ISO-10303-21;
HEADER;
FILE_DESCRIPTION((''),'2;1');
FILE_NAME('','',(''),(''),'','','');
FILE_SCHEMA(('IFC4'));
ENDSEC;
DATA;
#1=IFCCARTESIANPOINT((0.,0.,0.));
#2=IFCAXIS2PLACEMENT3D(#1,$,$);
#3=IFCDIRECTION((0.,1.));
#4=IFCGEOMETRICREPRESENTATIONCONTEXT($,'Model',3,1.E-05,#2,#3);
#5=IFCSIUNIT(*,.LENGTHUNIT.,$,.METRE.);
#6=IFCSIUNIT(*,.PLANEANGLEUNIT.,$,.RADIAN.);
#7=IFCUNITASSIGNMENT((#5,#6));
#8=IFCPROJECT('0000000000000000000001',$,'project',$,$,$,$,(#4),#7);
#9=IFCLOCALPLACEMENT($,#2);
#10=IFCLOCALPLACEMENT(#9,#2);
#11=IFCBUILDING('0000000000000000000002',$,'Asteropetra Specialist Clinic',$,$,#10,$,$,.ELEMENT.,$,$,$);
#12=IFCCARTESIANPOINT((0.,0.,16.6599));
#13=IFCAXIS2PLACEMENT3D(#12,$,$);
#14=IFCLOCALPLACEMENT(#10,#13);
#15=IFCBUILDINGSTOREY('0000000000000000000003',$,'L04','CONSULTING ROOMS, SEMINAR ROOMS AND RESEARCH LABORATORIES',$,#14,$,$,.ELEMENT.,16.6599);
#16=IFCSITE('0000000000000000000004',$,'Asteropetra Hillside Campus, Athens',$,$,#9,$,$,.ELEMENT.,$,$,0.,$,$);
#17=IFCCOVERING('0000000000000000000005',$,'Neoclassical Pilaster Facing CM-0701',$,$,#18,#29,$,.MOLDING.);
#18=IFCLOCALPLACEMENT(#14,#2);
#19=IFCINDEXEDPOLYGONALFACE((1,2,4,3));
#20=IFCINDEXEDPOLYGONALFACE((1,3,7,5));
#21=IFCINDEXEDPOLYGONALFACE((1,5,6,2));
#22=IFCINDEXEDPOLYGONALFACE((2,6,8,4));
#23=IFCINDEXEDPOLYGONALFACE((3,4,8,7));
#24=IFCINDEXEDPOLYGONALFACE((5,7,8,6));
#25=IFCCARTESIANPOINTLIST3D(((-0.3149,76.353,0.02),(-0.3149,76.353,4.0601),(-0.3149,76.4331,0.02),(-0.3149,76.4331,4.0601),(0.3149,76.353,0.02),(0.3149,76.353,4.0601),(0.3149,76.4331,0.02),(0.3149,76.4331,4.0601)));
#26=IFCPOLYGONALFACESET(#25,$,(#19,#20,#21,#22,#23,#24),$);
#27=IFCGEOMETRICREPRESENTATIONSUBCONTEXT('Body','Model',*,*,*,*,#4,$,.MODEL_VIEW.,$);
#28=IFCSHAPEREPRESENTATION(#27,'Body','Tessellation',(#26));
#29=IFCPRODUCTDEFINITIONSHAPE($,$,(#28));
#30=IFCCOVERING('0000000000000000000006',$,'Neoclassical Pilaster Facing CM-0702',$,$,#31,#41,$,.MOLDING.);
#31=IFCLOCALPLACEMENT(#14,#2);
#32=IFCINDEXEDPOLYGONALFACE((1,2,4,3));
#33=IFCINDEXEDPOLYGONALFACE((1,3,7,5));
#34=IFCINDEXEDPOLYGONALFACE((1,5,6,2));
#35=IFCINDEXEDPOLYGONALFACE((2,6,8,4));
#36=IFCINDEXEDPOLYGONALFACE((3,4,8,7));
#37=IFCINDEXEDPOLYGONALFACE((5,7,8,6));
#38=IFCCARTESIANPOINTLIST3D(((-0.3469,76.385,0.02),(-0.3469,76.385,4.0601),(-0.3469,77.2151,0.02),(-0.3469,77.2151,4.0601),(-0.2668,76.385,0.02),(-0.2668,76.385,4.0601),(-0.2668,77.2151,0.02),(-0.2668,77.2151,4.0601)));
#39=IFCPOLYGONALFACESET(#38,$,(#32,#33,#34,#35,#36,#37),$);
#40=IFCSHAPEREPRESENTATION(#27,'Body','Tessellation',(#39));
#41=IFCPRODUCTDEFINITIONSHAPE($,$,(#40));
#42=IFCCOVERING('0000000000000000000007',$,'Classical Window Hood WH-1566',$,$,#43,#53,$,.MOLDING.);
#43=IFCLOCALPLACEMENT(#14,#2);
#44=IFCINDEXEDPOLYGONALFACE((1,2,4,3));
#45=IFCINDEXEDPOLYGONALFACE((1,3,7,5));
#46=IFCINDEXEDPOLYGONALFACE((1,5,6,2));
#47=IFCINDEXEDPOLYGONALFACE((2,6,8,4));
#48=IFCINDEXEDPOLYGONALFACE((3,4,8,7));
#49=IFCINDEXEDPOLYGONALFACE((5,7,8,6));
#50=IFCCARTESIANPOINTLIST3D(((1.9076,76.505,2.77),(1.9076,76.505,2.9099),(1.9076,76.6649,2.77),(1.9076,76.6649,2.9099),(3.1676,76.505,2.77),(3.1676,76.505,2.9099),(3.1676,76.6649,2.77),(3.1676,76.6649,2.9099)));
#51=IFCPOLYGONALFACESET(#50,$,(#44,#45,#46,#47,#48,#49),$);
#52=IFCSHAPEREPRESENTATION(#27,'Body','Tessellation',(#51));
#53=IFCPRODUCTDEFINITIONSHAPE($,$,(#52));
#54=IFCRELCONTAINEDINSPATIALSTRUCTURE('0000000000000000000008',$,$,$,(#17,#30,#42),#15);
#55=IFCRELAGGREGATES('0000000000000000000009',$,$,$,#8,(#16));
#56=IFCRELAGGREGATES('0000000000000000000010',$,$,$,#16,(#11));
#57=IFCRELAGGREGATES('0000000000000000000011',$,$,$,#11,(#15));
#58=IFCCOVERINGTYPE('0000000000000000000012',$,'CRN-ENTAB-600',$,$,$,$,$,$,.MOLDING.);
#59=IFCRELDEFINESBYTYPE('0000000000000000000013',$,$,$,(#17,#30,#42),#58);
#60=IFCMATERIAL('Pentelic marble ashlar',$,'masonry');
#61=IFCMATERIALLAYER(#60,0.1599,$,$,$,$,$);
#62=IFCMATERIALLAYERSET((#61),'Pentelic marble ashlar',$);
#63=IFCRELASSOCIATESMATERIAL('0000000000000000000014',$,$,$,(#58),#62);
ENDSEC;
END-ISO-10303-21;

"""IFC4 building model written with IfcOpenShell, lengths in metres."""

from ifc_helpers import new_model, si_unit, direction, frame, origin, origin_2d, place, context, subcontext, project, spatial, rectangle, extrude, material, layer, layer_set, type_object, element, save


model = new_model("IFC4")

# Units and contexts
model_context = context("Model", 3, precision=1e-05, world=origin(), true_north=direction((0.0, 1.0)))
body_context = subcontext(model_context, "Body", "Model", "MODEL_VIEW")
ifc_project = project(units=[si_unit("LENGTHUNIT", "METRE"), si_unit("PLANEANGLEUNIT", "RADIAN")], contexts=[model_context])

# Site, building, storey
site_placement = place(None, origin())
site = spatial("IfcSite", under=ifc_project, at=site_placement, Name="Asteropetra Hillside Campus, Athens", CompositionType="ELEMENT", RefElevation=0.0)
building_placement = place(site_placement, origin())
building = spatial("IfcBuilding", under=site, at=building_placement, Name="Asteropetra Specialist Clinic", CompositionType="ELEMENT")
storey_placement = place(building_placement, frame((0.0, 0.0, 16.6599)))
storey = spatial("IfcBuildingStorey", under=building, at=storey_placement, Name="L04", Description="CONSULTING ROOMS, SEMINAR ROOMS AND RESEARCH LABORATORIES", CompositionType="ELEMENT", Elevation=16.6599)

# Coverings
ifc_material_1 = material(Name="Pentelic marble ashlar", Category="masonry")
ifc_layer_1 = layer(ifc_material_1, 0.1599)
ifc_layer_set_1 = layer_set([ifc_layer_1], Name="Pentelic marble ashlar")
covering_type_1 = type_object("IfcCoveringType", Name="CRN-ENTAB-600", PredefinedType="MOLDING", material=ifc_layer_set_1)
covering_1_placement = place(storey_placement, frame((0.0, 76.3931, 0.02), z_axis=(0.0, 0.0, 1.0), x_axis=(1.0, 0.0, 0.0)))
element("IfcCovering", 1, at=covering_1_placement, inside=storey, type_object=covering_type_1, Name="Neoclassical Pilaster Facing CM-0701", PredefinedType="MOLDING", context=body_context, shape_type="SweptSolid", body=[
    extrude(rectangle(XDim=0.6299, YDim=0.0801, at=origin_2d()), origin(), (0.0, 0.0, 1.0), 4.04),
])
covering_2_placement = place(storey_placement, frame((-0.3069, 76.8, 0.02), z_axis=(0.0, 0.0, 1.0), x_axis=(1.0, 0.0, 0.0)))
element("IfcCovering", 2, at=covering_2_placement, inside=storey, type_object=covering_type_1, Name="Neoclassical Pilaster Facing CM-0702", PredefinedType="MOLDING", context=body_context, shape_type="SweptSolid", body=[
    extrude(rectangle(XDim=0.0801, YDim=0.8301, at=origin_2d()), origin(), (0.0, 0.0, 1.0), 4.04),
])
covering_3_placement = place(storey_placement, frame((2.5376, 76.585, 2.77), z_axis=(0.0, 0.0, 1.0), x_axis=(1.0, 0.0, 0.0)))
element("IfcCovering", 3, at=covering_3_placement, inside=storey, type_object=covering_type_1, Name="Classical Window Hood WH-1566", PredefinedType="MOLDING", context=body_context, shape_type="SweptSolid", body=[
    extrude(rectangle(XDim=1.26, YDim=0.1599, at=origin_2d()), origin(), (0.0, 0.0, 1.0), 0.1399),
])

save(model, "model.ifc")
